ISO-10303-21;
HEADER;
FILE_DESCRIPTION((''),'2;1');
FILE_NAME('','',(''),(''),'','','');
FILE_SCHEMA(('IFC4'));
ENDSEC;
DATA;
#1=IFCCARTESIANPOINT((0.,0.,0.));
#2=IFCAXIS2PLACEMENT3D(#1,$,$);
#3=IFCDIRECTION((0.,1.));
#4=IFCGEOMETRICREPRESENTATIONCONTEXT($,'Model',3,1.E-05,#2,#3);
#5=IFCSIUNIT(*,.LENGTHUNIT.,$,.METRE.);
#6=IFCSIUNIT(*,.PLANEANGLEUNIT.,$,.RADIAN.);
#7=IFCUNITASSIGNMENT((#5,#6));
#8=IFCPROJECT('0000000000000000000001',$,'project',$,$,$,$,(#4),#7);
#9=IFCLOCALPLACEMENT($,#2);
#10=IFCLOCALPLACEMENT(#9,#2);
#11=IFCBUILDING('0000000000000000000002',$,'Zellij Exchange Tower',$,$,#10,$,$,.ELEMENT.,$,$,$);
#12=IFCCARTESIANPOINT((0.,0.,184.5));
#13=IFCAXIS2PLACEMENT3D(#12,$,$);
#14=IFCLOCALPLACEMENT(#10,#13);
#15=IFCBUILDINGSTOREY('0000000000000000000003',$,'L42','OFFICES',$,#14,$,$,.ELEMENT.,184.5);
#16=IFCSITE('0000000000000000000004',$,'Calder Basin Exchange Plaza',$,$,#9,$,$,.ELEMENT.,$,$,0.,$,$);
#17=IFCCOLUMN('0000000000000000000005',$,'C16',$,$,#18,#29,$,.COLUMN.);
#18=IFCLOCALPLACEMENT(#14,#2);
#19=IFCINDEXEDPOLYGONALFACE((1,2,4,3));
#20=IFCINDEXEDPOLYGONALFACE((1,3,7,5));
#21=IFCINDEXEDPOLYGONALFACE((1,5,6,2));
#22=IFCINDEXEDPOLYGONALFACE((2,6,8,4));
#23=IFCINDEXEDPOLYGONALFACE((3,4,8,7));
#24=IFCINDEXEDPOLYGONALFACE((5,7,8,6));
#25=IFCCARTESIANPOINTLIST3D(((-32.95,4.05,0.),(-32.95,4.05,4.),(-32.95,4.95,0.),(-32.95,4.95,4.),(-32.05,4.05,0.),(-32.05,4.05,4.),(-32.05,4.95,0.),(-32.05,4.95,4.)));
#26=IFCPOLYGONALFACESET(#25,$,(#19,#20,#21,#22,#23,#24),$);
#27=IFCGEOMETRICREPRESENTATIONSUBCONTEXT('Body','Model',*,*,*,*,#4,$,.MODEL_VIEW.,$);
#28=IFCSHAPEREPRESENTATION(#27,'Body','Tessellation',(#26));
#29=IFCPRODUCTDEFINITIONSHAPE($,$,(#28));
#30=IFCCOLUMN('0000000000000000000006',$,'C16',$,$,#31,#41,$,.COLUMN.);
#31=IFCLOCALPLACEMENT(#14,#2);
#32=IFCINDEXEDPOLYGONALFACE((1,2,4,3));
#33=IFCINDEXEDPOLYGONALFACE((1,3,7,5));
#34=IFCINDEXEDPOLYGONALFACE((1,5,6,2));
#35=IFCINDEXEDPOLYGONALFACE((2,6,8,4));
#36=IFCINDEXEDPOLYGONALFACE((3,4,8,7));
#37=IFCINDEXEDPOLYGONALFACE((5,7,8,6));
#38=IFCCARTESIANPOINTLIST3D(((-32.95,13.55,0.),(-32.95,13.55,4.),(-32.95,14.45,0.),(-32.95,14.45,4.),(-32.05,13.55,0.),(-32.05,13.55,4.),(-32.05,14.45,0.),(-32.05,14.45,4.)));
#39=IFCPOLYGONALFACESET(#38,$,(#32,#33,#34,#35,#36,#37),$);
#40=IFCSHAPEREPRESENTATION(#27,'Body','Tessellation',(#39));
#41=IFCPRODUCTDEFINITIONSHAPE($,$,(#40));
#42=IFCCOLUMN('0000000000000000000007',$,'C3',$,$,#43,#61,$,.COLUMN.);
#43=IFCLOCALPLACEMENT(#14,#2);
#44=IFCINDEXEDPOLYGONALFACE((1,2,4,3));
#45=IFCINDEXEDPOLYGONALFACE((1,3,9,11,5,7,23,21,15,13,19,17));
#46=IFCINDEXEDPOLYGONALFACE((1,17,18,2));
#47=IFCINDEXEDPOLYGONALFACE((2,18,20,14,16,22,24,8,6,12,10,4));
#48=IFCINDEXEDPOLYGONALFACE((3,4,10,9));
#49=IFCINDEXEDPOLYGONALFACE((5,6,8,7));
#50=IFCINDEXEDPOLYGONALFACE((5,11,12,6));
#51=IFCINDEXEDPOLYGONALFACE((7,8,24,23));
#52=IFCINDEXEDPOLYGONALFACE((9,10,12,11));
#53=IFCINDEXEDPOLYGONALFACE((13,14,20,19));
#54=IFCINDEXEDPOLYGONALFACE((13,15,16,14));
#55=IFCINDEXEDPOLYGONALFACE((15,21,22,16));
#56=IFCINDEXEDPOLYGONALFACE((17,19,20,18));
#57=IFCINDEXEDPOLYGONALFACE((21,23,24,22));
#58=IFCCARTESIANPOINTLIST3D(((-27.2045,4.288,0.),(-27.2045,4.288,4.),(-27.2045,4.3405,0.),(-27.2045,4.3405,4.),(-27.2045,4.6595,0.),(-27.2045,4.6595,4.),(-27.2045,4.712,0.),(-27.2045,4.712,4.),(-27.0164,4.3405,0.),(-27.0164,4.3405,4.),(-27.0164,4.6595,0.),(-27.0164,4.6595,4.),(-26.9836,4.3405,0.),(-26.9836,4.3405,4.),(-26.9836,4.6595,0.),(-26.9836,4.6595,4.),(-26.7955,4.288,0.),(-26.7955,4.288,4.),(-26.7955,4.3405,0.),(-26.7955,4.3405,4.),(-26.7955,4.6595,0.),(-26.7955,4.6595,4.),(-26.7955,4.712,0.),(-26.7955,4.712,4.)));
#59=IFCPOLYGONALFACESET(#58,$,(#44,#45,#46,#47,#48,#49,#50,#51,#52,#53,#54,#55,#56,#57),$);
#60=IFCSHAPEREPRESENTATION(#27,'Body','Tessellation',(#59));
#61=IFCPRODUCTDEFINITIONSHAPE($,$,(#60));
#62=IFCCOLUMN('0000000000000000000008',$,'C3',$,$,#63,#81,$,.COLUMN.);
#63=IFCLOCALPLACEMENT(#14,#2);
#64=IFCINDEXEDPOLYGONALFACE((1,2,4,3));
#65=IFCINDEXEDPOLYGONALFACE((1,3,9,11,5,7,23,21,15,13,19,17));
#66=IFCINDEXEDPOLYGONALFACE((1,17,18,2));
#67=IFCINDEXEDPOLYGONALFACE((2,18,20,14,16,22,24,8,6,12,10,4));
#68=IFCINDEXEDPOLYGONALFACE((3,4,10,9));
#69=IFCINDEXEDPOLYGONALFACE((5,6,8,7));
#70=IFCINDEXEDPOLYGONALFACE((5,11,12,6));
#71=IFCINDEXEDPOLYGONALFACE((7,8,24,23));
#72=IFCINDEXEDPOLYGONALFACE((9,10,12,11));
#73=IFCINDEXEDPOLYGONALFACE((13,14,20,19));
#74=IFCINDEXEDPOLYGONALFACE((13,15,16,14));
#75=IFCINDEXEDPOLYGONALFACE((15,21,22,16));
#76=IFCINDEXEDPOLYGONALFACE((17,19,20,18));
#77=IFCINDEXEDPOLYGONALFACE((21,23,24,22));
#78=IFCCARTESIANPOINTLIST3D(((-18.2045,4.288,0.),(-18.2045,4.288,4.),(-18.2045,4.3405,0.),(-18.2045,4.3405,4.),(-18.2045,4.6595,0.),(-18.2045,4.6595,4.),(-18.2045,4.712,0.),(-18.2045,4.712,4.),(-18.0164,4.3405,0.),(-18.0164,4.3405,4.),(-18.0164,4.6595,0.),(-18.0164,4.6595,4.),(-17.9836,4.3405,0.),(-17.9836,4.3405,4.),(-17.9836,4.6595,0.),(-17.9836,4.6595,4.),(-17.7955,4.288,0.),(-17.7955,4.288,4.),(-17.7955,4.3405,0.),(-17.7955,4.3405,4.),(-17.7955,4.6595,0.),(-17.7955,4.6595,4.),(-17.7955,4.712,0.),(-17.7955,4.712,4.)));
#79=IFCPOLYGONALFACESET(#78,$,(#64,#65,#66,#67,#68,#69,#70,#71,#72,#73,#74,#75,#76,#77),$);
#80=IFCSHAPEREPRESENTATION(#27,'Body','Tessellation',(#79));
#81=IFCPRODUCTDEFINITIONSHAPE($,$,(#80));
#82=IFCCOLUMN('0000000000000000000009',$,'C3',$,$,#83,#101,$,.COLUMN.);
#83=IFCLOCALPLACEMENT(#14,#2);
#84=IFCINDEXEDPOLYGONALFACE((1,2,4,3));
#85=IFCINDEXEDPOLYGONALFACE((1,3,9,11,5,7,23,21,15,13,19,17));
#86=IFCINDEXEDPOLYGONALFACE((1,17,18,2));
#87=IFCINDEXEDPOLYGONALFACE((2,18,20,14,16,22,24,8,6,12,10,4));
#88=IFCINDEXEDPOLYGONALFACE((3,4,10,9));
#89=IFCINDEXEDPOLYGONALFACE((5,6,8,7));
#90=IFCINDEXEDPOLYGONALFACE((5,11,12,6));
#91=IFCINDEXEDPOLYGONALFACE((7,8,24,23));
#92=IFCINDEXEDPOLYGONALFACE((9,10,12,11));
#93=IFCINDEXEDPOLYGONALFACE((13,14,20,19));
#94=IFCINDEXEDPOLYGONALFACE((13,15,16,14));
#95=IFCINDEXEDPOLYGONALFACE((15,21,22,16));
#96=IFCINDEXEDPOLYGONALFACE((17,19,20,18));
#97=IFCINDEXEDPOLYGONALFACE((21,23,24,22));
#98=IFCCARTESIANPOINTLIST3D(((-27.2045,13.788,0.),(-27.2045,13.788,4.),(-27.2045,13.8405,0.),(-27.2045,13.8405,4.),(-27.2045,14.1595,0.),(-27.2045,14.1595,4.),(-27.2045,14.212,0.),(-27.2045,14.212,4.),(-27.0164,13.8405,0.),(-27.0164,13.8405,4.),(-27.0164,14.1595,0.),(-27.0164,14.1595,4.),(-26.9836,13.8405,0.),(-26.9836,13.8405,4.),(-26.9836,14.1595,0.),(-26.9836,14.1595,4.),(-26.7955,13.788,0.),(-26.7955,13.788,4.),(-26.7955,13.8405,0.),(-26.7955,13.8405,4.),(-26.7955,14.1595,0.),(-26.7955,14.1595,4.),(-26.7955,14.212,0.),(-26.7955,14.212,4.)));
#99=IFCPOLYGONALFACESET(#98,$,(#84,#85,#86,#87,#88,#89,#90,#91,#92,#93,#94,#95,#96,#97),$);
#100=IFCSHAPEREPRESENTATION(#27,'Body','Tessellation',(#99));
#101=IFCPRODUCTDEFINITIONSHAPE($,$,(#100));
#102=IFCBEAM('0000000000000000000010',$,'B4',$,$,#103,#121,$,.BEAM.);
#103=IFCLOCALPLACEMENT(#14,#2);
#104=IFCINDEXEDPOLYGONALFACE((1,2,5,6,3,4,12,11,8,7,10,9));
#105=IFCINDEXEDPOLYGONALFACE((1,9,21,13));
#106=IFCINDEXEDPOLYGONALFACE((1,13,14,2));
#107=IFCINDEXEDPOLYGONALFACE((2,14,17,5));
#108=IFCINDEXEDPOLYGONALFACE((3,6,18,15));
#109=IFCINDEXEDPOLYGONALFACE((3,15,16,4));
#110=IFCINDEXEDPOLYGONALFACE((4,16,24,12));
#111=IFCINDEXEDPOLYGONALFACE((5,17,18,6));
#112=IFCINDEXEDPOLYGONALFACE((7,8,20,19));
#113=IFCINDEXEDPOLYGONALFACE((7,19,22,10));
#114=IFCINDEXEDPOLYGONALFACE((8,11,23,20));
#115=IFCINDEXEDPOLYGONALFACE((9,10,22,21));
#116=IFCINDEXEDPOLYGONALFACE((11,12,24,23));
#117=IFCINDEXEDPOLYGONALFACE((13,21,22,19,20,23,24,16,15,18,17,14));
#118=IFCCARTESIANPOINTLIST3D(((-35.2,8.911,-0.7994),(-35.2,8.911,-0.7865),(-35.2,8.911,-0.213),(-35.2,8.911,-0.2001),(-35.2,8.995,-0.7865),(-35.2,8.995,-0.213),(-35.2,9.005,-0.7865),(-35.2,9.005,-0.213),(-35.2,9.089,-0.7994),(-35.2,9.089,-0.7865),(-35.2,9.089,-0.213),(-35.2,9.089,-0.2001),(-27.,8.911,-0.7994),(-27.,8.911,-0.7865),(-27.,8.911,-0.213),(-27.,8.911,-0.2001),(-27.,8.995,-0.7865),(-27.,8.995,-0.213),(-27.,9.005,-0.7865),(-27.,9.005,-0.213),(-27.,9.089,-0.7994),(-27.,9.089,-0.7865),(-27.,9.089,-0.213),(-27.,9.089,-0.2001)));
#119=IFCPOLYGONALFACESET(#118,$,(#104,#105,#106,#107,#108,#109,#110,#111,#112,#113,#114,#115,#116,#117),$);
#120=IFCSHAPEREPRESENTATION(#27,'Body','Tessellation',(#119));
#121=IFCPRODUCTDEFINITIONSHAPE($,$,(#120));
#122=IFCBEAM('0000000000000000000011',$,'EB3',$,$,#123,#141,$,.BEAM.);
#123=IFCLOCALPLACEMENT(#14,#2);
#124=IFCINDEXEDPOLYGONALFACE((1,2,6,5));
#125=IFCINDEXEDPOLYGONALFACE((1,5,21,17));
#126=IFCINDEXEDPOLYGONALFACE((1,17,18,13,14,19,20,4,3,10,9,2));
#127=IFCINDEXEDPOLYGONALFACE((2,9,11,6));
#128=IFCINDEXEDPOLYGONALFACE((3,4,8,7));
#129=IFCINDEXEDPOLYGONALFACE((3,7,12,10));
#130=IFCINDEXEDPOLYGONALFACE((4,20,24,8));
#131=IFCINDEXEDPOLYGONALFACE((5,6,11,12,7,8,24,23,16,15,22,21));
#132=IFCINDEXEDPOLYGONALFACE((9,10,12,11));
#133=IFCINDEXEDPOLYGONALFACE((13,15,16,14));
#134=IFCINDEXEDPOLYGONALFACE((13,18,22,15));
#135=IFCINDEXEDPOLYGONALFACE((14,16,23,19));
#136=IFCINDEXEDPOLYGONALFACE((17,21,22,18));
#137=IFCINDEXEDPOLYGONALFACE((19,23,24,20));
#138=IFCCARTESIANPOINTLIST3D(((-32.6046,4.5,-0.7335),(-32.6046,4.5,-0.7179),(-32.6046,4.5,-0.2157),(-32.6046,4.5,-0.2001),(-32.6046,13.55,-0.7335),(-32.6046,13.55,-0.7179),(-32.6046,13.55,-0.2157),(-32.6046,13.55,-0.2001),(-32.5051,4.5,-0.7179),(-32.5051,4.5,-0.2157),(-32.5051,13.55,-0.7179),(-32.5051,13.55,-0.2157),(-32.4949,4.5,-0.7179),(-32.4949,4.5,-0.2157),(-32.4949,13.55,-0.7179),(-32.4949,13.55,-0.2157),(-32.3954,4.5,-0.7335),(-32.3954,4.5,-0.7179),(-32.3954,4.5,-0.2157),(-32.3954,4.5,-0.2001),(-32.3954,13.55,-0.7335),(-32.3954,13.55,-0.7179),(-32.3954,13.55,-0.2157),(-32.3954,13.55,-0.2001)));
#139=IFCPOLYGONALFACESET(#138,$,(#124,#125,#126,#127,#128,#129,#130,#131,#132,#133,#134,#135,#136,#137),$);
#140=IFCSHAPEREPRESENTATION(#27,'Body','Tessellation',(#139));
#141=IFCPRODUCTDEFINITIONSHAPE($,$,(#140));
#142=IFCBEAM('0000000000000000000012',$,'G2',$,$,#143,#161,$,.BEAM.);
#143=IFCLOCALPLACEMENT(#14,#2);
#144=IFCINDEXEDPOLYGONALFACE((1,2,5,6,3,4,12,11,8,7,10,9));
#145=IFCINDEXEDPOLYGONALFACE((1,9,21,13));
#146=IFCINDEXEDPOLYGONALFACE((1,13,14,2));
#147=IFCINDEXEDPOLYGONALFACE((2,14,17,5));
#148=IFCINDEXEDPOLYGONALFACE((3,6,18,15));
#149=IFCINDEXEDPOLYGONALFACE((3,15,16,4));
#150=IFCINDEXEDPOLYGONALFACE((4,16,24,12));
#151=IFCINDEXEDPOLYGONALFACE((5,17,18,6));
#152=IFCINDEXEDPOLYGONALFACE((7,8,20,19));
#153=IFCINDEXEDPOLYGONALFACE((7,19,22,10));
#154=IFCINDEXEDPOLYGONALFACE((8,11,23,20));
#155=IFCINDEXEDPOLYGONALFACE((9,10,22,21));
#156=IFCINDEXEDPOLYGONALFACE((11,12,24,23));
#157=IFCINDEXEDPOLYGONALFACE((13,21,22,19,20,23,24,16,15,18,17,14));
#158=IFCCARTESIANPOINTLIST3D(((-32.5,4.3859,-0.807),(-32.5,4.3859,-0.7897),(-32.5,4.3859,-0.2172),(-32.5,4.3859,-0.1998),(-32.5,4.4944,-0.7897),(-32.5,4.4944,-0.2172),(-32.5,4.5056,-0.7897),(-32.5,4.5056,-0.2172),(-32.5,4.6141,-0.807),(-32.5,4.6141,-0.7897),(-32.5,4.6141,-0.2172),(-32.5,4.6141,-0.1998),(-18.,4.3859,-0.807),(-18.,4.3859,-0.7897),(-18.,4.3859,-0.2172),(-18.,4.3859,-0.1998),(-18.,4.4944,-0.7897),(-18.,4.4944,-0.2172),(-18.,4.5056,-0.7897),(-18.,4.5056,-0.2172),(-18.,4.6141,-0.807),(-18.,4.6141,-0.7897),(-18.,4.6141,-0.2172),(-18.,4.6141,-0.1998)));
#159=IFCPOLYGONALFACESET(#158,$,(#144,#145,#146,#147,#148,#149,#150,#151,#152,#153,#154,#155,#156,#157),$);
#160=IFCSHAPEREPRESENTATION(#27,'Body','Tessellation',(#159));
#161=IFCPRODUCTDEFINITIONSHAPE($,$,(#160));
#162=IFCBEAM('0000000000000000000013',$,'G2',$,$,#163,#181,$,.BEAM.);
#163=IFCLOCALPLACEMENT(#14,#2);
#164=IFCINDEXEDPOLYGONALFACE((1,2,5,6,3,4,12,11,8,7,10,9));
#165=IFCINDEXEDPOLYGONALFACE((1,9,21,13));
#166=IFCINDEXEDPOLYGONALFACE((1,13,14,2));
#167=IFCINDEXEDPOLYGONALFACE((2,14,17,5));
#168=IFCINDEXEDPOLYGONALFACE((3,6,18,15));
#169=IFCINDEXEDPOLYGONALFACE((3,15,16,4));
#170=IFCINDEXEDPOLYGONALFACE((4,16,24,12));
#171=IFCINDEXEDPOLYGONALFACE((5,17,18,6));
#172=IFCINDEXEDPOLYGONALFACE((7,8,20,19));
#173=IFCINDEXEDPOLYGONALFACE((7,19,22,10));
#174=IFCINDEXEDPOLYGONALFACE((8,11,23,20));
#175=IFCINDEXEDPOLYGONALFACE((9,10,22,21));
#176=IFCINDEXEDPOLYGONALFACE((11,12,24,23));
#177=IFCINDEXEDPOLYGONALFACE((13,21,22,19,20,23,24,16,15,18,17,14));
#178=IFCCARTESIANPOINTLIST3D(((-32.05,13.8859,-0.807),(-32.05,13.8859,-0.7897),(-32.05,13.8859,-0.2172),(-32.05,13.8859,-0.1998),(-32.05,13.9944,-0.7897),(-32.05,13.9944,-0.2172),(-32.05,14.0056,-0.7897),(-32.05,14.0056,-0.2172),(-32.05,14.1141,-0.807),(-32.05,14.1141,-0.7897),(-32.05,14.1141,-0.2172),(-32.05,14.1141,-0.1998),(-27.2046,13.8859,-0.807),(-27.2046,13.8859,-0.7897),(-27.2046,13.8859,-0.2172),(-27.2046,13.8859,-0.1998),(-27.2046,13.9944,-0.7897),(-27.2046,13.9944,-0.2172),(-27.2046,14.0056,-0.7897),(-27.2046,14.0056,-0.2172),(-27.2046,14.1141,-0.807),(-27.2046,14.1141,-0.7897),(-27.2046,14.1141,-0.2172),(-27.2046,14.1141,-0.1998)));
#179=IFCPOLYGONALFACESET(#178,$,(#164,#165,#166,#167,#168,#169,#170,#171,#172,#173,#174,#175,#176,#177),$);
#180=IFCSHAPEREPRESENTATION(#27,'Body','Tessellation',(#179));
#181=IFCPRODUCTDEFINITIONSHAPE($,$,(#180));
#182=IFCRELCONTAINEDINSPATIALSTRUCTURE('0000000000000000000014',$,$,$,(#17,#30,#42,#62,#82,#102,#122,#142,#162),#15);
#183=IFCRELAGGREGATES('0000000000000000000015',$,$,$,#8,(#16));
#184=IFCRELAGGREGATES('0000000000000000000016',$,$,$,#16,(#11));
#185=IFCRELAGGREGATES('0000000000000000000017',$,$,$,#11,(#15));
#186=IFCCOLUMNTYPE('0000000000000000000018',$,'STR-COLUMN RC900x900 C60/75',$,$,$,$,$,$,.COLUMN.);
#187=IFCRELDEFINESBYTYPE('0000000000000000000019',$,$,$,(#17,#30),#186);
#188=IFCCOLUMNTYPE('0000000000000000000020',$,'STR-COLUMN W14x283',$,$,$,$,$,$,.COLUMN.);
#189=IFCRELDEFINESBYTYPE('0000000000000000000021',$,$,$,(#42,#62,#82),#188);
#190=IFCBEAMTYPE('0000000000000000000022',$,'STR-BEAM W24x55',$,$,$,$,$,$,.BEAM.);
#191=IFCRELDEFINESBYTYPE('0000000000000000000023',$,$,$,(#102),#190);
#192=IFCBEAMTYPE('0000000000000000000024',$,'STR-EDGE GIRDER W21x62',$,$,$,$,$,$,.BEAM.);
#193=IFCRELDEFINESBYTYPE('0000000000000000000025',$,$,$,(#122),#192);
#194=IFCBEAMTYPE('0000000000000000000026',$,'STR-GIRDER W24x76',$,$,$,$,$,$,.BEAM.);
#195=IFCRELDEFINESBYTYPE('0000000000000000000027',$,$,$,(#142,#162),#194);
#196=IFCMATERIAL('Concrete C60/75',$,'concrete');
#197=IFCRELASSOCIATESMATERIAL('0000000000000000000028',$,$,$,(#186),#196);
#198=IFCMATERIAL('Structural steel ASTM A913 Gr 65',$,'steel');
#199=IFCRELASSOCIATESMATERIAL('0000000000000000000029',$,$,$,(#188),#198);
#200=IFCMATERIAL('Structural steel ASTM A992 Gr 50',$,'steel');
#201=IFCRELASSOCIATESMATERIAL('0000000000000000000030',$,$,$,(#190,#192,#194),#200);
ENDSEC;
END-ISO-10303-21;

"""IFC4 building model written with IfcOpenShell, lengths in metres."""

from ifc_helpers import new_model, si_unit, direction, frame, origin, origin_2d, place, context, subcontext, project, spatial, rectangle, i_section, extrude, material, material_profile, profile_set, type_object, element, save


model = new_model("IFC4")

# Units and contexts
model_context = context("Model", 3, precision=1e-05, world=origin(), true_north=direction((0.0, 1.0)))
body_context = subcontext(model_context, "Body", "Model", "MODEL_VIEW")
ifc_project = project(units=[si_unit("LENGTHUNIT", "METRE"), si_unit("PLANEANGLEUNIT", "RADIAN")], contexts=[model_context])

# Site, building, storey
site_placement = place(None, origin())
site = spatial("IfcSite", under=ifc_project, at=site_placement, Name="Calder Basin Exchange Plaza", CompositionType="ELEMENT", RefElevation=0.0)
building_placement = place(site_placement, origin())
building = spatial("IfcBuilding", under=site, at=building_placement, Name="Zellij Exchange Tower", CompositionType="ELEMENT")
storey_placement = place(building_placement, frame((0.0, 0.0, 184.5)))
storey = spatial("IfcBuildingStorey", under=building, at=storey_placement, Name="L42", Description="OFFICES", CompositionType="ELEMENT", Elevation=184.5)

# Columns
ifc_material_1 = material(Name="Concrete C60/75", Category="concrete")
ifc_material_profile_1 = material_profile(ifc_material_1, rectangle(XDim=0.8999, YDim=0.8999, at=origin_2d()), Name="STR-COLUMN RC900x900 C60/75")
ifc_profile_set_1 = profile_set([ifc_material_profile_1], Name="Concrete C60/75")
column_type_1 = type_object("IfcColumnType", Name="STR-COLUMN RC900x900 C60/75", PredefinedType="COLUMN", material=ifc_profile_set_1)
for number, where, z_axis, x_axis, name in (
    (1, (-32.5, 4.5, 0.0), (0.0, 0.0, 1.0), (1.0, 0.0, 0.0), "C16"),
    (2, (-32.5, 14.0, 0.0), (0.0, 0.0, 1.0), (1.0, 0.0, 0.0), "C16"),
):
    element("IfcColumn", number, at=place(storey_placement, frame(where, z_axis=z_axis, x_axis=x_axis)), inside=storey, type_object=column_type_1, Name=name, PredefinedType="COLUMN", context=body_context, shape_type="SweptSolid", body=[
        extrude(rectangle(XDim=0.8999, YDim=0.8999, at=origin_2d()), origin(), (0.0, 0.0, 1.0), 4.0),
    ])
ifc_material_2 = material(Name="Structural steel ASTM A913 Gr 65", Category="steel")
ifc_material_profile_2 = material_profile(ifc_material_2, i_section(OverallWidth=0.4089, OverallDepth=0.4241, WebThickness=0.0327, FlangeThickness=0.0525, at=origin_2d()), Name="W14x283")
ifc_profile_set_2 = profile_set([ifc_material_profile_2], Name="Structural steel ASTM A913 Gr 65")
column_type_2 = type_object("IfcColumnType", Name="STR-COLUMN W14x283", PredefinedType="COLUMN", material=ifc_profile_set_2)
for number, where, z_axis, x_axis, name in (
    (3, (-27.0, 4.5, 0.0), (0.0, 0.0, 1.0), (1.0, 0.0, 0.0), "C3"),
    (4, (-18.0, 4.5, 0.0), (0.0, 0.0, 1.0), (1.0, 0.0, 0.0), "C3"),
    (5, (-27.0, 14.0, 0.0), (0.0, 0.0, 1.0), (1.0, 0.0, 0.0), "C3"),
):
    element("IfcColumn", number, at=place(storey_placement, frame(where, z_axis=z_axis, x_axis=x_axis)), inside=storey, type_object=column_type_2, Name=name, PredefinedType="COLUMN", context=body_context, shape_type="SweptSolid", body=[
        extrude(i_section(OverallWidth=0.4089, OverallDepth=0.4241, WebThickness=0.0327, FlangeThickness=0.0525, at=origin_2d()), origin(), (0.0, 0.0, 1.0), 4.0),
    ])

# Beams
ifc_material_3 = material(Name="Structural steel ASTM A992 Gr 50", Category="steel")
ifc_material_profile_3 = material_profile(ifc_material_3, i_section(OverallWidth=0.178, OverallDepth=0.5994, WebThickness=0.01, FlangeThickness=0.0129, at=origin_2d()), Name="W24x55")
ifc_profile_set_3 = profile_set([ifc_material_profile_3], Name="Structural steel ASTM A992 Gr 50")
beam_type_1 = type_object("IfcBeamType", Name="STR-BEAM W24x55", PredefinedType="BEAM", material=ifc_profile_set_3)
beam_1_placement = place(storey_placement, frame((-35.2, 9.0, -0.4998), z_axis=(1.0, 0.0, 0.0), x_axis=(0.0, 1.0, 0.0)))
element("IfcBeam", 6, at=beam_1_placement, inside=storey, type_object=beam_type_1, Name="B4", PredefinedType="BEAM", context=body_context, shape_type="SweptSolid", body=[
    extrude(i_section(OverallWidth=0.178, OverallDepth=0.5994, WebThickness=0.01, FlangeThickness=0.0129, at=origin_2d()), origin(), (0.0, 0.0, 1.0), 8.2),
])
ifc_material_profile_4 = material_profile(ifc_material_3, i_section(OverallWidth=0.2092, OverallDepth=0.5334, WebThickness=0.0103, FlangeThickness=0.0156, at=origin_2d()), Name="W21x62")
ifc_profile_set_4 = profile_set([ifc_material_profile_4], Name="Structural steel ASTM A992 Gr 50")
beam_type_2 = type_object("IfcBeamType", Name="STR-EDGE GIRDER W21x62", PredefinedType="BEAM", material=ifc_profile_set_4)
beam_2_placement = place(storey_placement, frame((-32.5, 4.5, -0.4668), z_axis=(0.0, 1.0, 0.0), x_axis=(-1.0, 0.0, 0.0)))
element("IfcBeam", 7, at=beam_2_placement, inside=storey, type_object=beam_type_2, Name="EB3", PredefinedType="BEAM", context=body_context, shape_type="SweptSolid", body=[
    extrude(i_section(OverallWidth=0.2092, OverallDepth=0.5334, WebThickness=0.0103, FlangeThickness=0.0156, at=origin_2d()), origin(), (0.0, 0.0, 1.0), 9.05),
])
ifc_material_profile_5 = material_profile(ifc_material_3, i_section(OverallWidth=0.2283, OverallDepth=0.6072, WebThickness=0.0112, FlangeThickness=0.0173, at=origin_2d()), Name="W24x76")
ifc_profile_set_5 = profile_set([ifc_material_profile_5], Name="Structural steel ASTM A992 Gr 50")
beam_type_3 = type_object("IfcBeamType", Name="STR-GIRDER W24x76", PredefinedType="BEAM", material=ifc_profile_set_5)
beam_3_placement = place(storey_placement, frame((-32.5, 4.5, -0.5034), z_axis=(1.0, 0.0, 0.0), x_axis=(0.0, 1.0, 0.0)))
element("IfcBeam", 8, at=beam_3_placement, inside=storey, type_object=beam_type_3, Name="G2", PredefinedType="BEAM", context=body_context, shape_type="SweptSolid", body=[
    extrude(i_section(OverallWidth=0.2283, OverallDepth=0.6072, WebThickness=0.0112, FlangeThickness=0.0173, at=origin_2d()), origin(), (0.0, 0.0, 1.0), 14.5),
])
beam_4_placement = place(storey_placement, frame((-32.05, 14.0, -0.5034), z_axis=(1.0, 0.0, 0.0), x_axis=(0.0, 1.0, 0.0)))
element("IfcBeam", 9, at=beam_4_placement, inside=storey, type_object=beam_type_3, Name="G2", PredefinedType="BEAM", context=body_context, shape_type="SweptSolid", body=[
    extrude(i_section(OverallWidth=0.2283, OverallDepth=0.6072, WebThickness=0.0112, FlangeThickness=0.0173, at=origin_2d()), origin(), (0.0, 0.0, 1.0), 4.8455),
])

save(model, "model.ifc")
